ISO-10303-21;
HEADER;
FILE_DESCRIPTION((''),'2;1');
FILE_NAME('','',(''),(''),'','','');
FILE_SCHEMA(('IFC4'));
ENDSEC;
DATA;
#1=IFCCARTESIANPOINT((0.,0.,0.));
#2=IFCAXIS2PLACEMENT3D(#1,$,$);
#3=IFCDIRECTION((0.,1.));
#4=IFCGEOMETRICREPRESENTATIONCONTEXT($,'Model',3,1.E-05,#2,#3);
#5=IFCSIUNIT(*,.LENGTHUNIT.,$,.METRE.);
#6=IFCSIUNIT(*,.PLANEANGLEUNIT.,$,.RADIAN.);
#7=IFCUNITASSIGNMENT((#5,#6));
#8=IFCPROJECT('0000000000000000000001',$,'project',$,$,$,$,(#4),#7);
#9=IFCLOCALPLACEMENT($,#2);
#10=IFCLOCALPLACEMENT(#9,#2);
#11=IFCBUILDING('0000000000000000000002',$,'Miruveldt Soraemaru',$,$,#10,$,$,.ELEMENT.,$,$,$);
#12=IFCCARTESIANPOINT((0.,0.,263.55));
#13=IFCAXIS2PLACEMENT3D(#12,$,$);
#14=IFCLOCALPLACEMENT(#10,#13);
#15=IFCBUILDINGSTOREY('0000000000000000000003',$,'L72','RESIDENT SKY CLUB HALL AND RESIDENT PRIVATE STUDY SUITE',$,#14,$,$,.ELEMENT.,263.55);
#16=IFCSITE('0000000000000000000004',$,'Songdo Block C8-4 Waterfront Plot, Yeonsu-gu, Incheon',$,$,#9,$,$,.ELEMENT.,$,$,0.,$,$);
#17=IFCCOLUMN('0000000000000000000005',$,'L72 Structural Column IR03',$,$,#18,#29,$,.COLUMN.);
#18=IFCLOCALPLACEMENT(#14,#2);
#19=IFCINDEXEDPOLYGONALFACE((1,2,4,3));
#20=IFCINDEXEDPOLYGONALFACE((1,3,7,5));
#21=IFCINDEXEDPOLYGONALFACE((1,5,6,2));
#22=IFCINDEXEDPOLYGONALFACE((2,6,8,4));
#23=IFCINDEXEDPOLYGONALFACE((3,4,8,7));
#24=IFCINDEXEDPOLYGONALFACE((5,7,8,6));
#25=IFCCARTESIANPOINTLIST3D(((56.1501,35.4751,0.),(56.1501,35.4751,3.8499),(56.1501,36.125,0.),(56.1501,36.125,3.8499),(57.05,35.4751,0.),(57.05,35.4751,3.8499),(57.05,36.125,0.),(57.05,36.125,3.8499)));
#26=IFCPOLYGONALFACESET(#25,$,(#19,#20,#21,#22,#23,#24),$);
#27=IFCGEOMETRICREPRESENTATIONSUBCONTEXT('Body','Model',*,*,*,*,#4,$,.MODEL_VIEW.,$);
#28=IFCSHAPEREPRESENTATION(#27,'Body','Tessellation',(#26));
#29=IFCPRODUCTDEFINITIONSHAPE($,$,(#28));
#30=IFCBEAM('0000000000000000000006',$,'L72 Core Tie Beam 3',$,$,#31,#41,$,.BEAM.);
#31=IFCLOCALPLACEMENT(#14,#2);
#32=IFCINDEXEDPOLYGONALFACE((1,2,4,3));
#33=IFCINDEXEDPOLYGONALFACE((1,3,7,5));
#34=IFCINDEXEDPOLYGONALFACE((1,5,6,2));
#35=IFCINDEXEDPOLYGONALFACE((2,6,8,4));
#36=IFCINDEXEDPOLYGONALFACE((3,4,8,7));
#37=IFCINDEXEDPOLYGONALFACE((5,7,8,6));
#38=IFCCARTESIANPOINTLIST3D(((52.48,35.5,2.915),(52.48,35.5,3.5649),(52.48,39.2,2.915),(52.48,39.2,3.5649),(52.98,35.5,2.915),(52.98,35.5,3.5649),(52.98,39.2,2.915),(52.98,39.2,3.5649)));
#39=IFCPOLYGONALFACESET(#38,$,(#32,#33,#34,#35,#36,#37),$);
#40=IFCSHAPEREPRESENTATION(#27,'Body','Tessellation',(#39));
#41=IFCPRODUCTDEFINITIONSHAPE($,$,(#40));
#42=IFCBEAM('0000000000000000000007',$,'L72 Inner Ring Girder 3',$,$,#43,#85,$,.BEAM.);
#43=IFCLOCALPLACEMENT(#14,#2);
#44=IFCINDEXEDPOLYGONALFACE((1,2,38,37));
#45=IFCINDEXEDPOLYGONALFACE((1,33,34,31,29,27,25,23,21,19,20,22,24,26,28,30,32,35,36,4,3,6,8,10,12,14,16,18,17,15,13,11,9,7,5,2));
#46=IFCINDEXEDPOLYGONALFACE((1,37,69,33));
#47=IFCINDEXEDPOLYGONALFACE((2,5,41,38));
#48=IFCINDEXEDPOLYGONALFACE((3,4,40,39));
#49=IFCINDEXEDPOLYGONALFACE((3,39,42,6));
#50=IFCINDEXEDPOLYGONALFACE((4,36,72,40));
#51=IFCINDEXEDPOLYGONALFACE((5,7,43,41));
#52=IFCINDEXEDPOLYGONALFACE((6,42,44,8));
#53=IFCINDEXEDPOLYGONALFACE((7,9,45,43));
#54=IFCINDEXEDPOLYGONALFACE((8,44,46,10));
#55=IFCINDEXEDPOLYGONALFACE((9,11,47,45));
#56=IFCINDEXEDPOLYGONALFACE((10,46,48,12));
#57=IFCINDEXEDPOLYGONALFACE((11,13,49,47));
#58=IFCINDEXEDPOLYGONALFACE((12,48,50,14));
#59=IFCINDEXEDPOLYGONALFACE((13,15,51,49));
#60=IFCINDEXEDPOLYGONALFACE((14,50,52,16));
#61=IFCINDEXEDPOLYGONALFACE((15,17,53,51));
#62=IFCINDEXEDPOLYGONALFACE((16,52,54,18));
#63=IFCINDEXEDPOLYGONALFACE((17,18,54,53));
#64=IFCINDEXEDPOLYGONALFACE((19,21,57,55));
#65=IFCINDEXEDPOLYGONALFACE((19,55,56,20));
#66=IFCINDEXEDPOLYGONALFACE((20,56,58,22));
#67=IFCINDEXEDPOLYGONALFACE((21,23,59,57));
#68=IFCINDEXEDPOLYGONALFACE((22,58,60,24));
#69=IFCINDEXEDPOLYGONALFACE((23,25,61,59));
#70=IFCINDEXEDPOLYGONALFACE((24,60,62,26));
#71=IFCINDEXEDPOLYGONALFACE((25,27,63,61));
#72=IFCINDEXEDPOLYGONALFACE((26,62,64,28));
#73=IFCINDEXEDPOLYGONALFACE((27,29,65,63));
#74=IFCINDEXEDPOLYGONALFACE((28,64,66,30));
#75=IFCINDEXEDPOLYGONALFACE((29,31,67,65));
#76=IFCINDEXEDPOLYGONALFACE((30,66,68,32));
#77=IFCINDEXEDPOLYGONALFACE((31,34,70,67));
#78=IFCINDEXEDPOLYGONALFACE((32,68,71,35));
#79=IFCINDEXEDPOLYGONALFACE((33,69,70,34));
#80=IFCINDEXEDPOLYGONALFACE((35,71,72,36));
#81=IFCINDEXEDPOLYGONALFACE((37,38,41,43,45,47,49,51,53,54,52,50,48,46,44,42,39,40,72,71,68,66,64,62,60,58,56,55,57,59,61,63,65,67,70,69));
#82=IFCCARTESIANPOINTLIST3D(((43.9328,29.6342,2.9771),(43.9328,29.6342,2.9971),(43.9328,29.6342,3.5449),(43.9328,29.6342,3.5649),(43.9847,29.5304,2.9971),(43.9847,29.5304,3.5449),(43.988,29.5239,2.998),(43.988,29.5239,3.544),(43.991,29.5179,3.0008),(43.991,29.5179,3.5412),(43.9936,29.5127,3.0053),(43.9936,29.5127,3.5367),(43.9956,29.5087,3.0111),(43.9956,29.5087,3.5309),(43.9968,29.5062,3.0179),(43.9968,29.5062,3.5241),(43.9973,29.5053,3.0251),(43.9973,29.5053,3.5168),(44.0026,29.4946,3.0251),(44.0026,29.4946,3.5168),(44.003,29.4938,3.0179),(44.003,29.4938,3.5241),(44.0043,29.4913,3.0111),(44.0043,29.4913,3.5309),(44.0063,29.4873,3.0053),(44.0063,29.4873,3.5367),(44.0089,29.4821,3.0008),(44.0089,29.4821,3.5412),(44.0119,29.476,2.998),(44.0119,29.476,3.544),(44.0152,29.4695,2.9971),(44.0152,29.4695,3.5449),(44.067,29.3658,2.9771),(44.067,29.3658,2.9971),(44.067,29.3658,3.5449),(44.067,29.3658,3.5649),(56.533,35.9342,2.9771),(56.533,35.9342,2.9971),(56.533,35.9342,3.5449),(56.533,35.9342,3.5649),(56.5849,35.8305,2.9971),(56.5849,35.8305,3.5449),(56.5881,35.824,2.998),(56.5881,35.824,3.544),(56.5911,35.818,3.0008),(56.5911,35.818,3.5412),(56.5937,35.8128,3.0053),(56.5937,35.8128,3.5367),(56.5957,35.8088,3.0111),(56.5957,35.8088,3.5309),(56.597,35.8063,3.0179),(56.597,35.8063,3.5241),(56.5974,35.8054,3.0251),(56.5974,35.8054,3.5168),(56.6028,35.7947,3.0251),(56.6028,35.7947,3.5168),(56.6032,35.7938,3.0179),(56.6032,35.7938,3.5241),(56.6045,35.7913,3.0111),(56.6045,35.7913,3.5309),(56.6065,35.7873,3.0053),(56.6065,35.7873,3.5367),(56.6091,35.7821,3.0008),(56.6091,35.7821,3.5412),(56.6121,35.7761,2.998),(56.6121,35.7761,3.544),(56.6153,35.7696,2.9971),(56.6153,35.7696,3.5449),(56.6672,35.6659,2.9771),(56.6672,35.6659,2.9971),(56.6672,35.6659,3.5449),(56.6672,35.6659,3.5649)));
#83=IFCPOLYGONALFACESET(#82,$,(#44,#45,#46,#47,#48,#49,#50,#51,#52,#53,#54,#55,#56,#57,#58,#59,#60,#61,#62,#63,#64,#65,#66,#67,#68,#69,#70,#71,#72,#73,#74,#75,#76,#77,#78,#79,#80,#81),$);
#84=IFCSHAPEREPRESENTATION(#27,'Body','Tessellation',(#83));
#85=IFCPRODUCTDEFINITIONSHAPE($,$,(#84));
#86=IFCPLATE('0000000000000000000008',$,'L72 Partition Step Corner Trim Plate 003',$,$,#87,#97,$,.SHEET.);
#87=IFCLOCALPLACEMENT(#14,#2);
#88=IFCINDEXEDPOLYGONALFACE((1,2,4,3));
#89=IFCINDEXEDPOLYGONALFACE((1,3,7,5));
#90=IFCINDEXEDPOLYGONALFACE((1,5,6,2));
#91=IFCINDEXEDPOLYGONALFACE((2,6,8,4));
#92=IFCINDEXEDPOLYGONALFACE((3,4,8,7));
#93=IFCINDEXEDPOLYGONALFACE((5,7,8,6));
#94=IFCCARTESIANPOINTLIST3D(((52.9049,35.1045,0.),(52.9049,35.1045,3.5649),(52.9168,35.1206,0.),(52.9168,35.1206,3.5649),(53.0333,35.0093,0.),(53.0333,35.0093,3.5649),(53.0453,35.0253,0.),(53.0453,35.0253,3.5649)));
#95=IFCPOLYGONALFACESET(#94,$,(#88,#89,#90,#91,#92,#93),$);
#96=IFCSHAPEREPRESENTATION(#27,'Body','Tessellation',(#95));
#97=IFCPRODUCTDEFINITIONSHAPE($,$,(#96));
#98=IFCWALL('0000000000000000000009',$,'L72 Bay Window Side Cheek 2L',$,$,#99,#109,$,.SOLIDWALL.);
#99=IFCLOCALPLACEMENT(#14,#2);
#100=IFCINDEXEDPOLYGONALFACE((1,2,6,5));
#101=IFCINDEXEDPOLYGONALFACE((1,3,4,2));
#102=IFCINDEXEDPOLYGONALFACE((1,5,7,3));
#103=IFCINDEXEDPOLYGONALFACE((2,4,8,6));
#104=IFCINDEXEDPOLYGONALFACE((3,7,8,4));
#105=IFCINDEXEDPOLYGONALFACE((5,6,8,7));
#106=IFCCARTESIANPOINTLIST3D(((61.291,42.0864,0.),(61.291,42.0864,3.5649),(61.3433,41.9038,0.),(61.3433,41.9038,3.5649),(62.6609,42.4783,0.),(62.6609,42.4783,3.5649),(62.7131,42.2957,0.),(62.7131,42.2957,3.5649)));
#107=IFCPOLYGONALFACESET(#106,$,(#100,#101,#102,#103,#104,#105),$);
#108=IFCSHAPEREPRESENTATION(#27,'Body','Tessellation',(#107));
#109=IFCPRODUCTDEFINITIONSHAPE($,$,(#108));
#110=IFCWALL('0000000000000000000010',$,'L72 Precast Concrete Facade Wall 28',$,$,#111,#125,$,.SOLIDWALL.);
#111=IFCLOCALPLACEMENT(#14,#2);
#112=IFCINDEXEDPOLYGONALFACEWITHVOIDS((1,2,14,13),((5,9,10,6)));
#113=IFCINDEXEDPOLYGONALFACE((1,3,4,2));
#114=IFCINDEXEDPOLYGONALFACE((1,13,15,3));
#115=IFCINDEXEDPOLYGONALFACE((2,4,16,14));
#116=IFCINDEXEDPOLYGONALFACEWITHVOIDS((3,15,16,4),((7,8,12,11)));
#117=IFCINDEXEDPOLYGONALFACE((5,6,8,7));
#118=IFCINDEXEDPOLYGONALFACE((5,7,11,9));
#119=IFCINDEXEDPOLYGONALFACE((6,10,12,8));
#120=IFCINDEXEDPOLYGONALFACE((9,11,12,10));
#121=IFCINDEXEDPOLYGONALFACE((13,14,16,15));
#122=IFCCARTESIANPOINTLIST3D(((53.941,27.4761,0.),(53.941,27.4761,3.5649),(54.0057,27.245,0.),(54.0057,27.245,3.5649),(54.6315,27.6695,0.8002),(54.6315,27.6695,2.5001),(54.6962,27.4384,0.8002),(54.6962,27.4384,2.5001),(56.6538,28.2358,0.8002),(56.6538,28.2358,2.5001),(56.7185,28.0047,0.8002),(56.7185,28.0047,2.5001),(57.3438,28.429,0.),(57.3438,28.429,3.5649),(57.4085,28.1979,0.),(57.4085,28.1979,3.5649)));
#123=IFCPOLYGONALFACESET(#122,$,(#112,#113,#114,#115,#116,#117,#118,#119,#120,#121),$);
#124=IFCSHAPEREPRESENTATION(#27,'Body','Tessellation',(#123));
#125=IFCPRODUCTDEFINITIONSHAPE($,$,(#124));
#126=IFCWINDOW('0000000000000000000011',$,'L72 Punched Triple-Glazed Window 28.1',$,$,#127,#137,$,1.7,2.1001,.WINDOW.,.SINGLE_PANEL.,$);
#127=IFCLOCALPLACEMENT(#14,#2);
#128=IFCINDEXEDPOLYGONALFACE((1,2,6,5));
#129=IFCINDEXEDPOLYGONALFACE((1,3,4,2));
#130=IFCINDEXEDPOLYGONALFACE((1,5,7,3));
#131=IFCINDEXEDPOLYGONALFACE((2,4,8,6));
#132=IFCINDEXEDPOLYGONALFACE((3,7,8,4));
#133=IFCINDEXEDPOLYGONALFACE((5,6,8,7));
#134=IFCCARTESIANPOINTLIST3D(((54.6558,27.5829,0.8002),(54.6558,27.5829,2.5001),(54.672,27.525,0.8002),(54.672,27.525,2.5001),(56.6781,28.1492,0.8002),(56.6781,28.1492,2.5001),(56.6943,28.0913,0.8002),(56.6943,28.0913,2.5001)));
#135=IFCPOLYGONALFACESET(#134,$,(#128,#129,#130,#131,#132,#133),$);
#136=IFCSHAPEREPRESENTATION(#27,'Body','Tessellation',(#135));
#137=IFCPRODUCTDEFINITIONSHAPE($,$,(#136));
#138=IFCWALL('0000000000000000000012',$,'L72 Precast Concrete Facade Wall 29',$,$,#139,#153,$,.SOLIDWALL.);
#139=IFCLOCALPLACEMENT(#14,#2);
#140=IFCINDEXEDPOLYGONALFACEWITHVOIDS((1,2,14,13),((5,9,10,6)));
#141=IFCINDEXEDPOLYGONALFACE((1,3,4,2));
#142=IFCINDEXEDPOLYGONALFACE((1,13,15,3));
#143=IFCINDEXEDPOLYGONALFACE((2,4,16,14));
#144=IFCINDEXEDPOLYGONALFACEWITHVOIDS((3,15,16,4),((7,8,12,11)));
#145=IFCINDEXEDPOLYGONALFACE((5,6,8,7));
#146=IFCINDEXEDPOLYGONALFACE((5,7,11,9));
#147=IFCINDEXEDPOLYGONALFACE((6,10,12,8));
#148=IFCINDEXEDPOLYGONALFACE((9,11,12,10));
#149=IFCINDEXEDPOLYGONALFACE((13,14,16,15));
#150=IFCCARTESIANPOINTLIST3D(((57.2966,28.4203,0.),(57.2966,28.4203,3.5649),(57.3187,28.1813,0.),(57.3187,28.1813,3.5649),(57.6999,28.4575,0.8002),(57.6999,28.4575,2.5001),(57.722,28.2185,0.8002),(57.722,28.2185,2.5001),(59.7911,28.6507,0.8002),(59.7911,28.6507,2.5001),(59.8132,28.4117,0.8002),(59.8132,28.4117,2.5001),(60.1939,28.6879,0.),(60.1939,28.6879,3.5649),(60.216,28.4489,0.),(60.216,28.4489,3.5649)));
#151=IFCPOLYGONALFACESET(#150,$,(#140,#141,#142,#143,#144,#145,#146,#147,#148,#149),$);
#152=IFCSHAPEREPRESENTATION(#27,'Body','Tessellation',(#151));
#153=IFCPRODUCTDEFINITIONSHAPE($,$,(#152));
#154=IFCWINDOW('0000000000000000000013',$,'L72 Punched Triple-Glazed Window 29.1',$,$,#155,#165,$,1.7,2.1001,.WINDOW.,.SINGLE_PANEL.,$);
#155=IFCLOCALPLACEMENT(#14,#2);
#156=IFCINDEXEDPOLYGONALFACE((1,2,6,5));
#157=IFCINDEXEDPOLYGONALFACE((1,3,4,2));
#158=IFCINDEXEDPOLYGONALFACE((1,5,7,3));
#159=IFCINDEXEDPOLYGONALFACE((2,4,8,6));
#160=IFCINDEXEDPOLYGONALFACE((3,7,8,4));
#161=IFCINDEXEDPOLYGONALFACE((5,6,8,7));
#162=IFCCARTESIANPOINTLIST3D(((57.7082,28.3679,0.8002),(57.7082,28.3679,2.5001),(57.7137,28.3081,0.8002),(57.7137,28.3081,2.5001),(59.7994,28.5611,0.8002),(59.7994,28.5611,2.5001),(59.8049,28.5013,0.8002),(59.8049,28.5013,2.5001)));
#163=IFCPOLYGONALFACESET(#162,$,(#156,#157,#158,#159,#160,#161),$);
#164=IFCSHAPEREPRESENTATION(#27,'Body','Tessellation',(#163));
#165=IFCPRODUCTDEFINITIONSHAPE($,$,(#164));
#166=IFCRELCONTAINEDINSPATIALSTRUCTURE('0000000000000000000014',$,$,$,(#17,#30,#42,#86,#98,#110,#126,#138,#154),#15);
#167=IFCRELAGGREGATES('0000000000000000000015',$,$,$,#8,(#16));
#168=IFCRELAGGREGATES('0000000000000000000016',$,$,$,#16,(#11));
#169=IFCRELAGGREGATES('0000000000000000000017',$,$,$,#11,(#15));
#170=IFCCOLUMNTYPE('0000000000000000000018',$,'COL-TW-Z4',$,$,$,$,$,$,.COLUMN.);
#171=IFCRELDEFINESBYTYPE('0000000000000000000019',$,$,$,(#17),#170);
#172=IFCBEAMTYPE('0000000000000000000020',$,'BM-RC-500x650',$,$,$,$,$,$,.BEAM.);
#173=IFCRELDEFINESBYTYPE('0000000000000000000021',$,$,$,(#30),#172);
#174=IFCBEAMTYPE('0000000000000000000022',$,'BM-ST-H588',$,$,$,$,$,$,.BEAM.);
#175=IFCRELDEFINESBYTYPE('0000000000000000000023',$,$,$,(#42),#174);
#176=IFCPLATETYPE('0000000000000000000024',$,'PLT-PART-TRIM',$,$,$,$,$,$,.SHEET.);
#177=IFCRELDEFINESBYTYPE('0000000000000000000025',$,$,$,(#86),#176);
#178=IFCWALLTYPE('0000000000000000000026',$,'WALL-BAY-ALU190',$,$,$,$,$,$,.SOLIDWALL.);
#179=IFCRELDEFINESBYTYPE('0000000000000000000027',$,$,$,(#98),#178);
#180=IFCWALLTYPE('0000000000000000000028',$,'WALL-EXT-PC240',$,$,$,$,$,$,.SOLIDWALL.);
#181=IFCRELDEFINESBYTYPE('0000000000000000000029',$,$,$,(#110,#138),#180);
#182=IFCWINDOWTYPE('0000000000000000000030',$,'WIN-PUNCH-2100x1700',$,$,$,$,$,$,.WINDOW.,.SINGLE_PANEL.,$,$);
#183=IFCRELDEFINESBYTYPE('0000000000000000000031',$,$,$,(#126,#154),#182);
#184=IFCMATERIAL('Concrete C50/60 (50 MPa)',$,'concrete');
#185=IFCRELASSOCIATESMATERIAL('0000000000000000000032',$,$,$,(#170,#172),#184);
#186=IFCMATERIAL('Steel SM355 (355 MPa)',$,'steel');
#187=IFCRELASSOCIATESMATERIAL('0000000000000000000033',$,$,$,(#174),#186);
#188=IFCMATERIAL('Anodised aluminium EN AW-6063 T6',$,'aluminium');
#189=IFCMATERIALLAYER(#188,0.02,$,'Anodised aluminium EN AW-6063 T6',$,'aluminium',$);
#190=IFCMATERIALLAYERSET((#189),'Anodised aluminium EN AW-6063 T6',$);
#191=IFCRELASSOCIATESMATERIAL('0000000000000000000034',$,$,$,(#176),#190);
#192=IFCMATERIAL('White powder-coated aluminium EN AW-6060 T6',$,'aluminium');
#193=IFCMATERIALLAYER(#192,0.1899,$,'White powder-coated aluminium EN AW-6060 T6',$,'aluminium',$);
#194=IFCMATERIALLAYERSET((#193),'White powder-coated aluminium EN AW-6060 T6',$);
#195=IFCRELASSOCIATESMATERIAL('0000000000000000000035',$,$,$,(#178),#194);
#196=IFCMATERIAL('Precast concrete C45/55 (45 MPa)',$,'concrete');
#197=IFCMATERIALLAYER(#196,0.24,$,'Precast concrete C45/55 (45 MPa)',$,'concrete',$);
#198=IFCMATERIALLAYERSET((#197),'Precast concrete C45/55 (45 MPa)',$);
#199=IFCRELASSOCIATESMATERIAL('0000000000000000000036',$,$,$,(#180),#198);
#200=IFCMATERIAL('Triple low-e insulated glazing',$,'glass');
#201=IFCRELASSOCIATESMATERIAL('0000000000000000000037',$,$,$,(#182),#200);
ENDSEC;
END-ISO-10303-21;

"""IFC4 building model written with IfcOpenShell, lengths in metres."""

from ifc_helpers import new_model, si_unit, direction, frame, frame_2d, origin, origin_2d, place, context, subcontext, project, spatial, rectangle, i_section, extrude, material, layer, layer_set, material_profile, profile_set, type_object, element, fill, save


model = new_model("IFC4")

# Units and contexts
model_context = context("Model", 3, precision=1e-05, world=origin(), true_north=direction((0.0, 1.0)))
body_context = subcontext(model_context, "Body", "Model", "MODEL_VIEW")
ifc_project = project(units=[si_unit("LENGTHUNIT", "METRE"), si_unit("PLANEANGLEUNIT", "RADIAN")], contexts=[model_context])

# Site, building, storey
site_placement = place(None, origin())
site = spatial("IfcSite", under=ifc_project, at=site_placement, Name="Songdo Block C8-4 Waterfront Plot, Yeonsu-gu, Incheon", CompositionType="ELEMENT", RefElevation=0.0)
building_placement = place(site_placement, origin())
building = spatial("IfcBuilding", under=site, at=building_placement, Name="Miruveldt Soraemaru", CompositionType="ELEMENT")
storey_placement = place(building_placement, frame((0.0, 0.0, 263.55)))
storey = spatial("IfcBuildingStorey", under=building, at=storey_placement, Name="L72", Description="RESIDENT SKY CLUB HALL AND RESIDENT PRIVATE STUDY SUITE", CompositionType="ELEMENT", Elevation=263.55)

# Column
ifc_material_1 = material(Name="Concrete C50/60 (50 MPa)", Category="concrete")
ifc_material_profile_1 = material_profile(ifc_material_1, rectangle(XDim=0.8999, YDim=0.6499, at=origin_2d()), Name="Concrete C50/60 (50 MPa)", Category="concrete")
ifc_profile_set_1 = profile_set([ifc_material_profile_1], Name="Concrete C50/60 (50 MPa)")
column_type = type_object("IfcColumnType", Name="COL-TW-Z4", PredefinedType="COLUMN", material=ifc_profile_set_1)
column_placement = place(storey_placement, frame((56.6001, 35.8, 0.0), z_axis=(0.0, 0.0, 1.0), x_axis=(1.0, 0.0, 0.0)))
element("IfcColumn", 1, at=column_placement, inside=storey, type_object=column_type, Name="L72 Structural Column IR03", PredefinedType="COLUMN", context=body_context, shape_type="SweptSolid", body=[
    extrude(rectangle(XDim=0.8999, YDim=0.6499, at=origin_2d()), origin(), (0.0, 0.0, 1.0), 3.8499),
])

# Beams
ifc_material_profile_2 = material_profile(ifc_material_1, rectangle(XDim=0.5, YDim=0.6499, at=origin_2d()), Name="Concrete C50/60 (50 MPa)", Category="concrete")
ifc_profile_set_2 = profile_set([ifc_material_profile_2], Name="Concrete C50/60 (50 MPa)")
beam_type_1 = type_object("IfcBeamType", Name="BM-RC-500x650", PredefinedType="BEAM", material=ifc_profile_set_2)
beam_1_placement = place(storey_placement, frame((52.73, 35.5, 3.24), z_axis=(0.0, 1.0, 0.0), x_axis=(-1.0, 0.0, 0.0)))
element("IfcBeam", 2, at=beam_1_placement, inside=storey, type_object=beam_type_1, Name="L72 Core Tie Beam 3", PredefinedType="BEAM", context=body_context, shape_type="SweptSolid", body=[
    extrude(rectangle(XDim=0.5, YDim=0.6499, at=origin_2d()), origin(), (0.0, 0.0, 1.0), 3.7),
])
ifc_material_2 = material(Name="Steel SM355 (355 MPa)", Category="steel")
ifc_material_profile_3 = material_profile(ifc_material_2, i_section(OverallWidth=0.3, OverallDepth=0.5879, WebThickness=0.012, FlangeThickness=0.02, FilletRadius=0.0281, at=origin_2d()), Name="Steel SM355 (355 MPa)", Category="steel")
ifc_profile_set_3 = profile_set([ifc_material_profile_3], Name="Steel SM355 (355 MPa)")
beam_type_2 = type_object("IfcBeamType", Name="BM-ST-H588", PredefinedType="BEAM", material=ifc_profile_set_3)
beam_2_placement = place(storey_placement, frame((56.6001, 35.8, 3.271), z_axis=(-0.894427, -0.447214, 0.0), x_axis=(0.447214, -0.894427, 0.0)))
element("IfcBeam", 3, at=beam_2_placement, inside=storey, type_object=beam_type_2, Name="L72 Inner Ring Girder 3", PredefinedType="BEAM", context=body_context, shape_type="SweptSolid", body=[
    extrude(i_section(OverallWidth=0.3, OverallDepth=0.5879, WebThickness=0.012, FlangeThickness=0.02, FilletRadius=0.0281, at=origin_2d()), origin(), (0.0, 0.0, 1.0), 14.0874),
])

# Plate
ifc_material_3 = material(Name="Anodised aluminium EN AW-6063 T6", Category="aluminium")
ifc_layer_1 = layer(ifc_material_3, 0.02, Name="Anodised aluminium EN AW-6063 T6", Category="aluminium")
ifc_layer_set_1 = layer_set([ifc_layer_1], Name="Anodised aluminium EN AW-6063 T6")
plate_type = type_object("IfcPlateType", Name="PLT-PART-TRIM", PredefinedType="SHEET", material=ifc_layer_set_1)
plate_placement = place(storey_placement, frame((52.9751, 35.0649, 0.0), z_axis=(0.0, 0.0, 1.0), x_axis=(-0.80313, 0.595804, 0.0)))
element("IfcPlate", 4, at=plate_placement, inside=storey, type_object=plate_type, Name="L72 Partition Step Corner Trim Plate 003", PredefinedType="SHEET", context=body_context, shape_type="SweptSolid", body=[
    extrude(rectangle(XDim=0.1599, YDim=0.02, at=origin_2d()), origin(), (0.0, 0.0, 1.0), 3.5649),
])

# Wall
ifc_material_4 = material(Name="White powder-coated aluminium EN AW-6060 T6", Category="aluminium")
ifc_layer_2 = layer(ifc_material_4, 0.1899, Name="White powder-coated aluminium EN AW-6060 T6", Category="aluminium")
ifc_layer_set_2 = layer_set([ifc_layer_2], Name="White powder-coated aluminium EN AW-6060 T6")
wall_type_1 = type_object("IfcWallType", Name="WALL-BAY-ALU190", PredefinedType="SOLIDWALL", material=ifc_layer_set_2)
wall_1_placement = place(storey_placement, frame((61.3171, 41.9951, 0.0), z_axis=(0.0, 0.0, 1.0), x_axis=(0.96144, 0.275015, 0.0)))
element("IfcWall", 5, at=wall_1_placement, inside=storey, type_object=wall_type_1, Name="L72 Bay Window Side Cheek 2L", PredefinedType="SOLIDWALL", context=body_context, shape_type="SweptSolid", body=[
    extrude(rectangle(XDim=1.4248, YDim=0.1899, at=frame_2d((0.7124, 0.0))), origin(), (0.0, 0.0, 1.0), 3.5649),
])

# Walls, openings, windows
ifc_material_5 = material(Name="Precast concrete C45/55 (45 MPa)", Category="concrete")
ifc_layer_3 = layer(ifc_material_5, 0.24, Name="Precast concrete C45/55 (45 MPa)", Category="concrete")
ifc_layer_set_3 = layer_set([ifc_layer_3], Name="Precast concrete C45/55 (45 MPa)")
wall_type_2 = type_object("IfcWallType", Name="WALL-EXT-PC240", PredefinedType="SOLIDWALL", material=ifc_layer_set_3)
wall_2_placement = place(storey_placement, frame((53.9734, 27.3606, 0.0), z_axis=(0.0, 0.0, 1.0), x_axis=(0.962958, 0.269653, 0.0)))
wall_2 = element("IfcWall", 6, at=wall_2_placement, inside=storey, type_object=wall_type_2, Name="L72 Precast Concrete Facade Wall 28", PredefinedType="SOLIDWALL", context=body_context, shape_type="SweptSolid", body=[
    extrude(rectangle(XDim=3.5337, YDim=0.24, at=frame_2d((1.7668, 0.0))), origin(), (0.0, 0.0, 1.0), 3.5649),
])
opening_1_placement = place(wall_2_placement, frame((0.717, 0.0, 0.8)))
opening_1 = element("IfcOpeningElement", 7, at=opening_1_placement, cuts=wall_2, PredefinedType="OPENING", context=body_context, shape_type="SweptSolid", body=[
    extrude(rectangle(XDim=2.1001, YDim=1.7, at=frame_2d((1.05, 0.8501))), frame((0.0, 0.1299, 0.0), z_axis=(0.0, -1.0, 0.0), x_axis=(1.0, 0.0, 0.0)), (0.0, 0.0, 1.0), 0.26),
])
ifc_material_6 = material(Name="Triple low-e insulated glazing", Category="glass")
window_type_1 = type_object("IfcWindowType", Name="WIN-PUNCH-2100x1700", PartitioningType="SINGLE_PANEL", PredefinedType="WINDOW", material=ifc_material_6)
window_1_placement = place(opening_1_placement, origin())
window_1 = element("IfcWindow", 8, at=window_1_placement, inside=storey, type_object=window_type_1, Name="L72 Punched Triple-Glazed Window 28.1", OverallHeight=1.7, OverallWidth=2.1001, PartitioningType="SINGLE_PANEL", PredefinedType="WINDOW", context=body_context, shape_type="SweptSolid", body=[
    extrude(rectangle(XDim=2.1001, YDim=1.7, at=frame_2d((1.05, 0.8501))), frame((0.0, 0.03, 0.0), z_axis=(0.0, -1.0, 0.0), x_axis=(1.0, 0.0, 0.0)), (0.0, 0.0, 1.0), 0.0601),
])
fill(opening_1, window_1)
wall_3_placement = place(storey_placement, frame((57.3076, 28.3008, 0.0), z_axis=(0.0, 0.0, 1.0), x_axis=(0.995762, 0.091966, 0.0)))
wall_3 = element("IfcWall", 9, at=wall_3_placement, inside=storey, type_object=wall_type_2, Name="L72 Precast Concrete Facade Wall 29", PredefinedType="SOLIDWALL", context=body_context, shape_type="SweptSolid", body=[
    extrude(rectangle(XDim=2.9097, YDim=0.24, at=frame_2d((1.4548, 0.0))), origin(), (0.0, 0.0, 1.0), 3.5649),
])
opening_2_placement = place(wall_3_placement, frame((0.405, 0.0, 0.8)))
opening_2 = element("IfcOpeningElement", 10, at=opening_2_placement, cuts=wall_3, PredefinedType="OPENING", context=body_context, shape_type="SweptSolid", body=[
    extrude(rectangle(XDim=2.1001, YDim=1.7, at=frame_2d((1.05, 0.8501))), frame((0.0, 0.1299, 0.0), z_axis=(0.0, -1.0, 0.0), x_axis=(1.0, 0.0, 0.0)), (0.0, 0.0, 1.0), 0.26),
])
window_2_placement = place(opening_2_placement, origin())
window_2 = element("IfcWindow", 11, at=window_2_placement, inside=storey, type_object=window_type_1, Name="L72 Punched Triple-Glazed Window 29.1", OverallHeight=1.7, OverallWidth=2.1001, PartitioningType="SINGLE_PANEL", PredefinedType="WINDOW", context=body_context, shape_type="SweptSolid", body=[
    extrude(rectangle(XDim=2.1001, YDim=1.7, at=frame_2d((1.05, 0.8501))), frame((0.0, 0.03, 0.0), z_axis=(0.0, -1.0, 0.0), x_axis=(1.0, 0.0, 0.0)), (0.0, 0.0, 1.0), 0.0601),
])
fill(opening_2, window_2)

save(model, "model.ifc")
